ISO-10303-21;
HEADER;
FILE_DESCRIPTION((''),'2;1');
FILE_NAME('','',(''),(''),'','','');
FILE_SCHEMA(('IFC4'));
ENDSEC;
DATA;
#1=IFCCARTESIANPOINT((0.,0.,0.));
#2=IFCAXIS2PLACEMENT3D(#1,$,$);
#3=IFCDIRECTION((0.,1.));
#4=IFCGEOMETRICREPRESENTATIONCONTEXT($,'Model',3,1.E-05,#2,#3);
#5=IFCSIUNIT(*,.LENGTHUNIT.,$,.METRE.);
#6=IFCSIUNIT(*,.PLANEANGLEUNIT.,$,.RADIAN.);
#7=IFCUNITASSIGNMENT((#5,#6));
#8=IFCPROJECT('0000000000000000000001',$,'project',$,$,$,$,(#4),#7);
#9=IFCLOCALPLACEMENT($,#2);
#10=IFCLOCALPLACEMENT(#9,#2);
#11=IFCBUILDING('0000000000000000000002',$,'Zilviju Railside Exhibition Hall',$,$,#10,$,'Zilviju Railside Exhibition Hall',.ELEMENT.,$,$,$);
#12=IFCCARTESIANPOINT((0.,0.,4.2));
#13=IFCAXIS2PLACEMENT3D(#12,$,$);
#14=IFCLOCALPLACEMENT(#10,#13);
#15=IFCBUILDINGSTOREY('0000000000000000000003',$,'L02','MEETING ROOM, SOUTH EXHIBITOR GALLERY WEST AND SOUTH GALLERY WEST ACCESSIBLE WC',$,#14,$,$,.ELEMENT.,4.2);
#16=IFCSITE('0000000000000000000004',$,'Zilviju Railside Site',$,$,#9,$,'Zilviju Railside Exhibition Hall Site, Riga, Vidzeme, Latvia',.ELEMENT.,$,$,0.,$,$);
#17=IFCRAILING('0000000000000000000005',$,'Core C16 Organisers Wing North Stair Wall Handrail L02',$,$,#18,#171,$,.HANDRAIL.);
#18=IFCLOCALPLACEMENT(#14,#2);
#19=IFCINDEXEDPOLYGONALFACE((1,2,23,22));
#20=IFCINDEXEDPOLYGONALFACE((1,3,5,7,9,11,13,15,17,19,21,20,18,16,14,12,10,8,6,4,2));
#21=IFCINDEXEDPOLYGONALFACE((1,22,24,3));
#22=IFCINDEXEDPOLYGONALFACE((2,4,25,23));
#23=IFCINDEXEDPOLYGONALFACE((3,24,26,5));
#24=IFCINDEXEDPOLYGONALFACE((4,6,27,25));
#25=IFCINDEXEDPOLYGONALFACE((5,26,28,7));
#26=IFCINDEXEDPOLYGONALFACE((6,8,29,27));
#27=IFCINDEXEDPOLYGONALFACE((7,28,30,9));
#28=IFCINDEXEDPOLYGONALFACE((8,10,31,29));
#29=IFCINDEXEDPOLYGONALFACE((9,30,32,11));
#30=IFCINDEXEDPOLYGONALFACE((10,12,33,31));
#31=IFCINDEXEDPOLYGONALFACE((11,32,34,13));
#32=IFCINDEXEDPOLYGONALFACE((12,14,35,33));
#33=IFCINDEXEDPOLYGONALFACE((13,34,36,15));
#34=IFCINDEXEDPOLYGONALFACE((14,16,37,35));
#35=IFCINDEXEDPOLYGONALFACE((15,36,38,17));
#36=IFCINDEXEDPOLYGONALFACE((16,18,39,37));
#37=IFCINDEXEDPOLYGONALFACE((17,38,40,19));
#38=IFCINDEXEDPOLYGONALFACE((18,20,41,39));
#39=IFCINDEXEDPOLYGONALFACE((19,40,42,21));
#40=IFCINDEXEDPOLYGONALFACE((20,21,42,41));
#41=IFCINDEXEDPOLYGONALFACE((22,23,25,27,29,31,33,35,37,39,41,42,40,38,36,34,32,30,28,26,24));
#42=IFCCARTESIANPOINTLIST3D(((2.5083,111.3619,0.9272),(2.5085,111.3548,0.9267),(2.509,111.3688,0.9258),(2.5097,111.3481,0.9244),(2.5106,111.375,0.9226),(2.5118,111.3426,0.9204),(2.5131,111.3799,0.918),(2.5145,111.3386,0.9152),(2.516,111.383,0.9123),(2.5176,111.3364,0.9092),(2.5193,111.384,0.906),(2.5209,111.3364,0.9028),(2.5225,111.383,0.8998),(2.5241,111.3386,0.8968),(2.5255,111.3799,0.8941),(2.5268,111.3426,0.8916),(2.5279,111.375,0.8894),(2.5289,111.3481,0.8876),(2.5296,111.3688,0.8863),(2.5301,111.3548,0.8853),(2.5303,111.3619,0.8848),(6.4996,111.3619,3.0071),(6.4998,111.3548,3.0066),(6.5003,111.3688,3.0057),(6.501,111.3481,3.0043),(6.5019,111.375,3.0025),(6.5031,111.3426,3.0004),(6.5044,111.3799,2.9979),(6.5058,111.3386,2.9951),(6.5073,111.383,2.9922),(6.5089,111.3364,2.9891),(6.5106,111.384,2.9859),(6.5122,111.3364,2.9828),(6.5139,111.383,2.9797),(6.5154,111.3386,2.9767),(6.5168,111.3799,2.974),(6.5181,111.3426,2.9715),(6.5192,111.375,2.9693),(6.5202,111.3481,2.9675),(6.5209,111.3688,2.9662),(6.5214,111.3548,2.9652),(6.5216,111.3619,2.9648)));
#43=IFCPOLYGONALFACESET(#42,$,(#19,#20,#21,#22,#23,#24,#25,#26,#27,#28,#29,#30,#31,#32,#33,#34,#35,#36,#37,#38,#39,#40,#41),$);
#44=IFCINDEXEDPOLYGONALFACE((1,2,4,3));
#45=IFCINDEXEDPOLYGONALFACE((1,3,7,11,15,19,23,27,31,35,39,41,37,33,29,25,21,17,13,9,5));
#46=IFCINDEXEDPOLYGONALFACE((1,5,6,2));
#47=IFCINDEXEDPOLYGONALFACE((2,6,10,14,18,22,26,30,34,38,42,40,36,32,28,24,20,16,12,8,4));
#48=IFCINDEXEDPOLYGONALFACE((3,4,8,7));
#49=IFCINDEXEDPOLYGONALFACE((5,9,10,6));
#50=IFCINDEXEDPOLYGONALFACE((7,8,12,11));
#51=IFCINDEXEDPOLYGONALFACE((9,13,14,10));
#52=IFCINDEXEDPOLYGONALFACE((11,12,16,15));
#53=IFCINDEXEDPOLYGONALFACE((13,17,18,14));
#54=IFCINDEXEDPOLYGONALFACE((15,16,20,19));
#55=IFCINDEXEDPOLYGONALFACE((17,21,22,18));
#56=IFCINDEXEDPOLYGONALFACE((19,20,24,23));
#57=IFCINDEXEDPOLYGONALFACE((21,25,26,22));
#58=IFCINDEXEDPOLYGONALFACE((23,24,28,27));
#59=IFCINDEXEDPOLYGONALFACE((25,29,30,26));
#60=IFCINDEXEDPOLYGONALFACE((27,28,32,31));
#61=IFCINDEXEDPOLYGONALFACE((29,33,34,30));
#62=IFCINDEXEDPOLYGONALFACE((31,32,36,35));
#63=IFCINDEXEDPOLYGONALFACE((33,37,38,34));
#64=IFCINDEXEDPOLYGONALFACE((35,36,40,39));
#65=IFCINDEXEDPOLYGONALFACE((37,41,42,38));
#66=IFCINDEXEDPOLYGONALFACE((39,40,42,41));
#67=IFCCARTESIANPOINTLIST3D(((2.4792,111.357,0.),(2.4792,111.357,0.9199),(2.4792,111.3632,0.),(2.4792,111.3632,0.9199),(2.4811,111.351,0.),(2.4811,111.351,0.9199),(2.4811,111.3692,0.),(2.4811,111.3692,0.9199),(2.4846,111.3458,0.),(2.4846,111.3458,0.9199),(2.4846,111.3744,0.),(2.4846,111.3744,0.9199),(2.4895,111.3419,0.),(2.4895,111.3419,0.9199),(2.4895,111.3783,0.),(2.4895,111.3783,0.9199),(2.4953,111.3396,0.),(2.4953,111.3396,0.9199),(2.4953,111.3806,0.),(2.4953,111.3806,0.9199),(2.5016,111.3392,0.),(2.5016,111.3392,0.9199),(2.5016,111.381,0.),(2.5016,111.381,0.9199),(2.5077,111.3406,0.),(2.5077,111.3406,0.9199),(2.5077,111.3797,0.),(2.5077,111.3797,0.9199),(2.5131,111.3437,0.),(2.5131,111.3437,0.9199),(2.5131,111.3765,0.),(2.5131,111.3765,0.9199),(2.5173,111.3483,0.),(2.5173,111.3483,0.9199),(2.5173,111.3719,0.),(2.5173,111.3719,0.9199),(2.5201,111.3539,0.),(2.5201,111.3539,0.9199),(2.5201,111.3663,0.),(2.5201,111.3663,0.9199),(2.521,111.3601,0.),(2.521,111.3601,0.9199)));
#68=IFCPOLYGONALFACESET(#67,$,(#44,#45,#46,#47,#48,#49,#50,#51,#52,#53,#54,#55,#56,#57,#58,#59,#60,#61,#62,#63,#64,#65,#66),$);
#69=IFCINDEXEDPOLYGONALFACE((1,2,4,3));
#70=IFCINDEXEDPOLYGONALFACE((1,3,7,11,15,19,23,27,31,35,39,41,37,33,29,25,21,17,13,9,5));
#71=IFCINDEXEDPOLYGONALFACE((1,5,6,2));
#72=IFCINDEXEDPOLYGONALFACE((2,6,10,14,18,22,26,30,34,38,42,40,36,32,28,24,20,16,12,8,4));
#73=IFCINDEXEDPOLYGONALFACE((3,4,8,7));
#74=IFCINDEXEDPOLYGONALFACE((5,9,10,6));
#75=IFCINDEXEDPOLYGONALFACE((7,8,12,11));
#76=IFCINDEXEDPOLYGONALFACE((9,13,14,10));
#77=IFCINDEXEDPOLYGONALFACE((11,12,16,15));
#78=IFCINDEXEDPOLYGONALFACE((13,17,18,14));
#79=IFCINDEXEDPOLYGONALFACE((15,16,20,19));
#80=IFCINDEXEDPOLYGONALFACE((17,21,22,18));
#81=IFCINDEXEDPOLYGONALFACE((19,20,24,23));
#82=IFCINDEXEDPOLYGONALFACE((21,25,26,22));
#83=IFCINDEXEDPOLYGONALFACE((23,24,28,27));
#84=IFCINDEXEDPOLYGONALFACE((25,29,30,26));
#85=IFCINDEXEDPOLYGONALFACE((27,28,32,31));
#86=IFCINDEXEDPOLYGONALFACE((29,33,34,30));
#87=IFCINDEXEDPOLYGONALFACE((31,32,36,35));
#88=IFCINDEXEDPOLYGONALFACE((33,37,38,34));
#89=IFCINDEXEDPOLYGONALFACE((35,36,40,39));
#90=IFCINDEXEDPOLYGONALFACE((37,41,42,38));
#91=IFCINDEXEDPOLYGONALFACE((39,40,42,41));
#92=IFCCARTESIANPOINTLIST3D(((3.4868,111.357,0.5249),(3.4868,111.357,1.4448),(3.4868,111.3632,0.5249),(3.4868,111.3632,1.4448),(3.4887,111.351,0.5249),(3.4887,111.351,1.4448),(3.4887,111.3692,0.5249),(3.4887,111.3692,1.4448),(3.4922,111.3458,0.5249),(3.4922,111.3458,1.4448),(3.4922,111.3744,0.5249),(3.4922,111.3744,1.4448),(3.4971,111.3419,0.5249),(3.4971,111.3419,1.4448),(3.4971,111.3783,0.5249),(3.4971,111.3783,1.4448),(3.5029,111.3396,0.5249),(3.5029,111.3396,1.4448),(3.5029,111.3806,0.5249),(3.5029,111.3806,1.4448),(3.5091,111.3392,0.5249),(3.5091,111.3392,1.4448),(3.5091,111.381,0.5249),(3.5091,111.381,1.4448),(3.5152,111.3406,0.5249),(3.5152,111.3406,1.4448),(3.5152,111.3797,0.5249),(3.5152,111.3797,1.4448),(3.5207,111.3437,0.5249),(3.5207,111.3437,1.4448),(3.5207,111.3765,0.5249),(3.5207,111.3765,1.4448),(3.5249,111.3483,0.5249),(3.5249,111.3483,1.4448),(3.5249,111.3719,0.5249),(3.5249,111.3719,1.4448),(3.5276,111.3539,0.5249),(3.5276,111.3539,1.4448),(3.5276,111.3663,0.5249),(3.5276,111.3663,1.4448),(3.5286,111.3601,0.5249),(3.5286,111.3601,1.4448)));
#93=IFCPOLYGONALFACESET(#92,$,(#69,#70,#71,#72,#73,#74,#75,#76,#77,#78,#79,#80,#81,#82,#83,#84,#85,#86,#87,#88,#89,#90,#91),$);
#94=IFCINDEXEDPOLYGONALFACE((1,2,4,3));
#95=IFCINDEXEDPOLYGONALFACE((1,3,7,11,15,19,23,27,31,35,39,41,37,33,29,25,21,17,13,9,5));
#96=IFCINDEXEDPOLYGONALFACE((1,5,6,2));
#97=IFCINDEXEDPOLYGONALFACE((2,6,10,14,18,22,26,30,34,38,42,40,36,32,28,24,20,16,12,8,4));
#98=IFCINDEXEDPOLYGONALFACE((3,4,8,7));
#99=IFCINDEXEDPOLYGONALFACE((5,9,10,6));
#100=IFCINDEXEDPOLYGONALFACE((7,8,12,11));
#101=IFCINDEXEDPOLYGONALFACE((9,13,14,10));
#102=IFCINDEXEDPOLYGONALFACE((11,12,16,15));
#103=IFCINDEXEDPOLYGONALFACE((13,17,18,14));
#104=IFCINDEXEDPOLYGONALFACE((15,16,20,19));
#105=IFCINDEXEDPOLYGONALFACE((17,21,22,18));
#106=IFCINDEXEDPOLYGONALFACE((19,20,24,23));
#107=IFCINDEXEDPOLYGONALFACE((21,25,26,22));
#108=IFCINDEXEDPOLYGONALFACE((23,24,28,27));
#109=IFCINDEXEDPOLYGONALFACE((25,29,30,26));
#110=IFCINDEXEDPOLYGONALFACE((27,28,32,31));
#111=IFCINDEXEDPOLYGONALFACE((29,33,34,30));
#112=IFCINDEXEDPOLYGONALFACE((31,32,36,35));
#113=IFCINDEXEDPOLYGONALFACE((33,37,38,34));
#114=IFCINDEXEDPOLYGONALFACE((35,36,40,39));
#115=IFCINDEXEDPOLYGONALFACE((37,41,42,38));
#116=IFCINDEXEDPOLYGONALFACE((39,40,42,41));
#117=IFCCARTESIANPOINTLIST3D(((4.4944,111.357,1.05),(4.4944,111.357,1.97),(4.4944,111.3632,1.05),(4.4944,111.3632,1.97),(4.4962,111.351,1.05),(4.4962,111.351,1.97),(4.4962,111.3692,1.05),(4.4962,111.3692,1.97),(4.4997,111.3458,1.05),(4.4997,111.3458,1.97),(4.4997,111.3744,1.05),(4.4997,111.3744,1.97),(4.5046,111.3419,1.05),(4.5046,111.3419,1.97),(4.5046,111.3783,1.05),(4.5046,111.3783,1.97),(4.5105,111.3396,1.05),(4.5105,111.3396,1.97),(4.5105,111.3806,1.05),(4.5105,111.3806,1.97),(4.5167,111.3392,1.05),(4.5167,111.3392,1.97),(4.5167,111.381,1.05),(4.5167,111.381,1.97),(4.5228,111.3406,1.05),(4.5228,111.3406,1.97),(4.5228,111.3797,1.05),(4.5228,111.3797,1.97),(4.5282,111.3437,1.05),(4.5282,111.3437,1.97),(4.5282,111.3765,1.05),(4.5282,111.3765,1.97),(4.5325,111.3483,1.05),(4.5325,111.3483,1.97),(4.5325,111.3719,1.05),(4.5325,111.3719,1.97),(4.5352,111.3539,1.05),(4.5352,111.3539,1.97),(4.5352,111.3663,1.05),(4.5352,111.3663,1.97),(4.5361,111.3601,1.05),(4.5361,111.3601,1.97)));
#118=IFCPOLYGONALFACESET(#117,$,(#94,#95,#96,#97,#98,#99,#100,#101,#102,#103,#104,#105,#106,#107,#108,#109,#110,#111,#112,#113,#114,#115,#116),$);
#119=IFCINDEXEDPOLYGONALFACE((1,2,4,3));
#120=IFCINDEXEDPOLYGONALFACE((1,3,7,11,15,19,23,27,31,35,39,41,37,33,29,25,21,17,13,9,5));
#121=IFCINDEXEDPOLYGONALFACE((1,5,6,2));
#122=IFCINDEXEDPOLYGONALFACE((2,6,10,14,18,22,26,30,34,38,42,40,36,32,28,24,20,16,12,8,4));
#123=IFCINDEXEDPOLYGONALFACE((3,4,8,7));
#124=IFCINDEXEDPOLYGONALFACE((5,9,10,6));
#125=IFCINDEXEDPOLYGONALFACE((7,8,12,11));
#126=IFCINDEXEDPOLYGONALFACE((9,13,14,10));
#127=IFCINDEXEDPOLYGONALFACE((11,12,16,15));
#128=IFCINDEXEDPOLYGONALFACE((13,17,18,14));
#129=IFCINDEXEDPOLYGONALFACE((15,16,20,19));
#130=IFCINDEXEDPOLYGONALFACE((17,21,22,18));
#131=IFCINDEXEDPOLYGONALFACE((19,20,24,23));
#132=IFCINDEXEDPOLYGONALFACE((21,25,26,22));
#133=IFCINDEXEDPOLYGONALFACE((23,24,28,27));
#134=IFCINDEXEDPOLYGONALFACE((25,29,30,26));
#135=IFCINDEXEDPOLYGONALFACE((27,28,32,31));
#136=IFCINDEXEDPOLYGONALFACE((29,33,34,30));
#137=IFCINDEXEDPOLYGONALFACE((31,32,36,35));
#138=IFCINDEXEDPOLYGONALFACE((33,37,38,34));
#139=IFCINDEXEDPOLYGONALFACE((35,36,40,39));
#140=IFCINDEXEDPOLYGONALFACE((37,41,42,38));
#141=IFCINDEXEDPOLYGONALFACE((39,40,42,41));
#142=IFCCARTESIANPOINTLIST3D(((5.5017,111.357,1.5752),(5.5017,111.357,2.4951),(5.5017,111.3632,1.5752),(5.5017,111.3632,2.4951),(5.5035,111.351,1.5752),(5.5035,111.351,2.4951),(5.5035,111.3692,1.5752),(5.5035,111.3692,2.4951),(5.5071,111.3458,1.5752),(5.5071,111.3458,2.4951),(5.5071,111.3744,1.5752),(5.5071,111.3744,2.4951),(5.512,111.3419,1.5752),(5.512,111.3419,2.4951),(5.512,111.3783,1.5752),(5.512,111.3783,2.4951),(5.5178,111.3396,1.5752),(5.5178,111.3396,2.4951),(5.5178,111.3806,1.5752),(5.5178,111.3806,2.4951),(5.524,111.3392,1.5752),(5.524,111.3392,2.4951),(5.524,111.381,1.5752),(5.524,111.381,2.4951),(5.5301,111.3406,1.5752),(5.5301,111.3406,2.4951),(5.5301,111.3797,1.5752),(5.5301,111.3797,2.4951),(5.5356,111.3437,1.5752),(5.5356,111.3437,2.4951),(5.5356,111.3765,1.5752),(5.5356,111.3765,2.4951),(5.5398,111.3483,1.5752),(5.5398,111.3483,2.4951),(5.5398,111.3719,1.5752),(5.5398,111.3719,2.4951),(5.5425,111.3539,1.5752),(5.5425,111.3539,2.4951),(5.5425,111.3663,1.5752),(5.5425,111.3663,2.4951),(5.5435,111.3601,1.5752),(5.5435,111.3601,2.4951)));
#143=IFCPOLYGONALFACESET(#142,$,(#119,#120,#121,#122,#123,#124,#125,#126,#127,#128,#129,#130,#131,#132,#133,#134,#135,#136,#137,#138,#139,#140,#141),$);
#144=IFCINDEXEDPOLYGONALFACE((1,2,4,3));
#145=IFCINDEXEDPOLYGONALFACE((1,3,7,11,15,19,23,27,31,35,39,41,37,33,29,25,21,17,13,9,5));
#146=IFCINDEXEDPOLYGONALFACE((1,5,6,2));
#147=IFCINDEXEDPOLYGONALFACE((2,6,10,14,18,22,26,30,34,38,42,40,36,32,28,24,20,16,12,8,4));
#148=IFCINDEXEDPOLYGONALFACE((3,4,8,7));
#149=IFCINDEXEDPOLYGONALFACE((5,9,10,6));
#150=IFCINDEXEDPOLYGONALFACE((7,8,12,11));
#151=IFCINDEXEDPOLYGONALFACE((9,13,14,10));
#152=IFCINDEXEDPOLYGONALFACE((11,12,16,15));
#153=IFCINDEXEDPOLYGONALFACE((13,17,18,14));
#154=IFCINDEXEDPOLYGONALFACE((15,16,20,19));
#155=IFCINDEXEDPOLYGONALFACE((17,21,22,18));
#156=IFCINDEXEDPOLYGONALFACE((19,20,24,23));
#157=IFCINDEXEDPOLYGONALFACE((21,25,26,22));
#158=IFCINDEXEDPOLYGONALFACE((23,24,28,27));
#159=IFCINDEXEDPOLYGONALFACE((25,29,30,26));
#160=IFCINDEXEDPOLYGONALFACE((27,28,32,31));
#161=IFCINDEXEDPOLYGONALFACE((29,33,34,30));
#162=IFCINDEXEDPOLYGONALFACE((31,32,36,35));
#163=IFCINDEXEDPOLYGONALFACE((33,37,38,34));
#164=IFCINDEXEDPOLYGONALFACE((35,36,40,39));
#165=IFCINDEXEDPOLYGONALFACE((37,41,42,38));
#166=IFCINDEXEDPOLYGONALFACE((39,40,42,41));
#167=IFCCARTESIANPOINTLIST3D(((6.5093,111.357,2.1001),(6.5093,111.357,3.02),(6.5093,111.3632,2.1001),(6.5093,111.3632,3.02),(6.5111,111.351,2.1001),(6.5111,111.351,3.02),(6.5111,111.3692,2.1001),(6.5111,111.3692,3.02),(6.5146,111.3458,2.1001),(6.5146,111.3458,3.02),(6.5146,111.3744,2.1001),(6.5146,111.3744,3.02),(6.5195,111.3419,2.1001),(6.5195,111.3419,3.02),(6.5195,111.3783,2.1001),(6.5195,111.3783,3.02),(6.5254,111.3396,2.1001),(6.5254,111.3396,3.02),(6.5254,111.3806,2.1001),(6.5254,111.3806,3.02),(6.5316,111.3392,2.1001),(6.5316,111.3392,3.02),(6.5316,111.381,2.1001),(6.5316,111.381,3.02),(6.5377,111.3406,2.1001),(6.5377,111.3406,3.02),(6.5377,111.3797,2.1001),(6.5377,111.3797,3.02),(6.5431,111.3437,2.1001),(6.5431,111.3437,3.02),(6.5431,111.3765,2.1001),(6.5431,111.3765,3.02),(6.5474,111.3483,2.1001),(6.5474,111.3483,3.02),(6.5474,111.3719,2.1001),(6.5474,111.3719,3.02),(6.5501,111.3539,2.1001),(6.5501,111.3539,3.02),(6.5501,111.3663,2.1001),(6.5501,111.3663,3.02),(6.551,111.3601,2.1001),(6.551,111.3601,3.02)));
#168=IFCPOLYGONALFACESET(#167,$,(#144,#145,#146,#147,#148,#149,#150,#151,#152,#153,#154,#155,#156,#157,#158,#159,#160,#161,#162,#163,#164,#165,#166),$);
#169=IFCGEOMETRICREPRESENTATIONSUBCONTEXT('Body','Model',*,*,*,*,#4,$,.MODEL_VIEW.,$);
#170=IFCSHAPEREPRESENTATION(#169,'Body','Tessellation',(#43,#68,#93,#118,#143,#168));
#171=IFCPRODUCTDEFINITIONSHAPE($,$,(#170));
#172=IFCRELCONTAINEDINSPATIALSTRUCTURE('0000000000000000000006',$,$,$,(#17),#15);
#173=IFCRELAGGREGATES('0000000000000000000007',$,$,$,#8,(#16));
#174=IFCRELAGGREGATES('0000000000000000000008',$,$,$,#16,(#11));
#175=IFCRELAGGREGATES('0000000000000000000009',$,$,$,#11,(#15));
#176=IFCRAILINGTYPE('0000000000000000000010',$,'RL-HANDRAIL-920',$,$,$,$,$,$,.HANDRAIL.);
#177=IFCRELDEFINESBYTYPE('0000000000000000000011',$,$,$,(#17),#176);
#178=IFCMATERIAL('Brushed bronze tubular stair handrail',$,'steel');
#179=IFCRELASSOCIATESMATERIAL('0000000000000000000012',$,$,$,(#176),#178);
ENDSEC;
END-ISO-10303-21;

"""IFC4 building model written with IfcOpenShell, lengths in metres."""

from ifc_helpers import new_model, si_unit, direction, frame, origin, origin_2d, place, context, subcontext, project, spatial, circle, extrude, material, type_object, element, save


model = new_model("IFC4")

# Units and contexts
model_context = context("Model", 3, precision=1e-05, world=origin(), true_north=direction((0.0, 1.0)))
body_context = subcontext(model_context, "Body", "Model", "MODEL_VIEW")
ifc_project = project(units=[si_unit("LENGTHUNIT", "METRE"), si_unit("PLANEANGLEUNIT", "RADIAN")], contexts=[model_context])

# Site, building, storey
site_placement = place(None, origin())
site = spatial("IfcSite", under=ifc_project, at=site_placement, Name="Zilviju Railside Site", LongName="Zilviju Railside Exhibition Hall Site, Riga, Vidzeme, Latvia", CompositionType="ELEMENT", RefElevation=0.0)
building_placement = place(site_placement, origin())
building = spatial("IfcBuilding", under=site, at=building_placement, Name="Zilviju Railside Exhibition Hall", LongName="Zilviju Railside Exhibition Hall", CompositionType="ELEMENT")
storey_placement = place(building_placement, frame((0.0, 0.0, 4.2)))
storey = spatial("IfcBuildingStorey", under=building, at=storey_placement, Name="L02", Description="MEETING ROOM, SOUTH EXHIBITOR GALLERY WEST AND SOUTH GALLERY WEST ACCESSIBLE WC", CompositionType="ELEMENT", Elevation=4.2)

# Railing
ifc_material_1 = material(Name="Brushed bronze tubular stair handrail", Category="steel")
railing_type_1 = type_object("IfcRailingType", Name="RL-HANDRAIL-920", PredefinedType="HANDRAIL", material=ifc_material_1)
railing_1_placement = place(storey_placement, frame((2.5, 111.3601, 0.0)))
element("IfcRailing", 1, at=railing_1_placement, inside=storey, type_object=railing_type_1, Name="Core C16 Organisers Wing North Stair Wall Handrail L02", PredefinedType="HANDRAIL", context=body_context, shape_type="SweptSolid", body=[
    extrude(circle(Radius=0.0239, at=origin_2d()), frame((0.0193, 0.0, 0.906), z_axis=(0.886813, 0.0, 0.462129), x_axis=(0.0, 1.0, 0.0)), (0.0, 0.0, 1.0), 4.5007),
    extrude(circle(Radius=0.021, at=origin_2d()), origin(), (0.0, 0.0, 1.0), 0.9199),
    extrude(circle(Radius=0.021, at=origin_2d()), frame((1.0076, 0.0, 0.5249)), (0.0, 0.0, 1.0), 0.9199),
    extrude(circle(Radius=0.021, at=origin_2d()), frame((2.0151, 0.0, 1.05)), (0.0, 0.0, 1.0), 0.9199),
    extrude(circle(Radius=0.021, at=origin_2d()), frame((3.0225, 0.0, 1.5752)), (0.0, 0.0, 1.0), 0.9199),
    extrude(circle(Radius=0.021, at=origin_2d()), frame((4.03, 0.0, 2.1001)), (0.0, 0.0, 1.0), 0.9199),
])

save(model, "model.ifc")
